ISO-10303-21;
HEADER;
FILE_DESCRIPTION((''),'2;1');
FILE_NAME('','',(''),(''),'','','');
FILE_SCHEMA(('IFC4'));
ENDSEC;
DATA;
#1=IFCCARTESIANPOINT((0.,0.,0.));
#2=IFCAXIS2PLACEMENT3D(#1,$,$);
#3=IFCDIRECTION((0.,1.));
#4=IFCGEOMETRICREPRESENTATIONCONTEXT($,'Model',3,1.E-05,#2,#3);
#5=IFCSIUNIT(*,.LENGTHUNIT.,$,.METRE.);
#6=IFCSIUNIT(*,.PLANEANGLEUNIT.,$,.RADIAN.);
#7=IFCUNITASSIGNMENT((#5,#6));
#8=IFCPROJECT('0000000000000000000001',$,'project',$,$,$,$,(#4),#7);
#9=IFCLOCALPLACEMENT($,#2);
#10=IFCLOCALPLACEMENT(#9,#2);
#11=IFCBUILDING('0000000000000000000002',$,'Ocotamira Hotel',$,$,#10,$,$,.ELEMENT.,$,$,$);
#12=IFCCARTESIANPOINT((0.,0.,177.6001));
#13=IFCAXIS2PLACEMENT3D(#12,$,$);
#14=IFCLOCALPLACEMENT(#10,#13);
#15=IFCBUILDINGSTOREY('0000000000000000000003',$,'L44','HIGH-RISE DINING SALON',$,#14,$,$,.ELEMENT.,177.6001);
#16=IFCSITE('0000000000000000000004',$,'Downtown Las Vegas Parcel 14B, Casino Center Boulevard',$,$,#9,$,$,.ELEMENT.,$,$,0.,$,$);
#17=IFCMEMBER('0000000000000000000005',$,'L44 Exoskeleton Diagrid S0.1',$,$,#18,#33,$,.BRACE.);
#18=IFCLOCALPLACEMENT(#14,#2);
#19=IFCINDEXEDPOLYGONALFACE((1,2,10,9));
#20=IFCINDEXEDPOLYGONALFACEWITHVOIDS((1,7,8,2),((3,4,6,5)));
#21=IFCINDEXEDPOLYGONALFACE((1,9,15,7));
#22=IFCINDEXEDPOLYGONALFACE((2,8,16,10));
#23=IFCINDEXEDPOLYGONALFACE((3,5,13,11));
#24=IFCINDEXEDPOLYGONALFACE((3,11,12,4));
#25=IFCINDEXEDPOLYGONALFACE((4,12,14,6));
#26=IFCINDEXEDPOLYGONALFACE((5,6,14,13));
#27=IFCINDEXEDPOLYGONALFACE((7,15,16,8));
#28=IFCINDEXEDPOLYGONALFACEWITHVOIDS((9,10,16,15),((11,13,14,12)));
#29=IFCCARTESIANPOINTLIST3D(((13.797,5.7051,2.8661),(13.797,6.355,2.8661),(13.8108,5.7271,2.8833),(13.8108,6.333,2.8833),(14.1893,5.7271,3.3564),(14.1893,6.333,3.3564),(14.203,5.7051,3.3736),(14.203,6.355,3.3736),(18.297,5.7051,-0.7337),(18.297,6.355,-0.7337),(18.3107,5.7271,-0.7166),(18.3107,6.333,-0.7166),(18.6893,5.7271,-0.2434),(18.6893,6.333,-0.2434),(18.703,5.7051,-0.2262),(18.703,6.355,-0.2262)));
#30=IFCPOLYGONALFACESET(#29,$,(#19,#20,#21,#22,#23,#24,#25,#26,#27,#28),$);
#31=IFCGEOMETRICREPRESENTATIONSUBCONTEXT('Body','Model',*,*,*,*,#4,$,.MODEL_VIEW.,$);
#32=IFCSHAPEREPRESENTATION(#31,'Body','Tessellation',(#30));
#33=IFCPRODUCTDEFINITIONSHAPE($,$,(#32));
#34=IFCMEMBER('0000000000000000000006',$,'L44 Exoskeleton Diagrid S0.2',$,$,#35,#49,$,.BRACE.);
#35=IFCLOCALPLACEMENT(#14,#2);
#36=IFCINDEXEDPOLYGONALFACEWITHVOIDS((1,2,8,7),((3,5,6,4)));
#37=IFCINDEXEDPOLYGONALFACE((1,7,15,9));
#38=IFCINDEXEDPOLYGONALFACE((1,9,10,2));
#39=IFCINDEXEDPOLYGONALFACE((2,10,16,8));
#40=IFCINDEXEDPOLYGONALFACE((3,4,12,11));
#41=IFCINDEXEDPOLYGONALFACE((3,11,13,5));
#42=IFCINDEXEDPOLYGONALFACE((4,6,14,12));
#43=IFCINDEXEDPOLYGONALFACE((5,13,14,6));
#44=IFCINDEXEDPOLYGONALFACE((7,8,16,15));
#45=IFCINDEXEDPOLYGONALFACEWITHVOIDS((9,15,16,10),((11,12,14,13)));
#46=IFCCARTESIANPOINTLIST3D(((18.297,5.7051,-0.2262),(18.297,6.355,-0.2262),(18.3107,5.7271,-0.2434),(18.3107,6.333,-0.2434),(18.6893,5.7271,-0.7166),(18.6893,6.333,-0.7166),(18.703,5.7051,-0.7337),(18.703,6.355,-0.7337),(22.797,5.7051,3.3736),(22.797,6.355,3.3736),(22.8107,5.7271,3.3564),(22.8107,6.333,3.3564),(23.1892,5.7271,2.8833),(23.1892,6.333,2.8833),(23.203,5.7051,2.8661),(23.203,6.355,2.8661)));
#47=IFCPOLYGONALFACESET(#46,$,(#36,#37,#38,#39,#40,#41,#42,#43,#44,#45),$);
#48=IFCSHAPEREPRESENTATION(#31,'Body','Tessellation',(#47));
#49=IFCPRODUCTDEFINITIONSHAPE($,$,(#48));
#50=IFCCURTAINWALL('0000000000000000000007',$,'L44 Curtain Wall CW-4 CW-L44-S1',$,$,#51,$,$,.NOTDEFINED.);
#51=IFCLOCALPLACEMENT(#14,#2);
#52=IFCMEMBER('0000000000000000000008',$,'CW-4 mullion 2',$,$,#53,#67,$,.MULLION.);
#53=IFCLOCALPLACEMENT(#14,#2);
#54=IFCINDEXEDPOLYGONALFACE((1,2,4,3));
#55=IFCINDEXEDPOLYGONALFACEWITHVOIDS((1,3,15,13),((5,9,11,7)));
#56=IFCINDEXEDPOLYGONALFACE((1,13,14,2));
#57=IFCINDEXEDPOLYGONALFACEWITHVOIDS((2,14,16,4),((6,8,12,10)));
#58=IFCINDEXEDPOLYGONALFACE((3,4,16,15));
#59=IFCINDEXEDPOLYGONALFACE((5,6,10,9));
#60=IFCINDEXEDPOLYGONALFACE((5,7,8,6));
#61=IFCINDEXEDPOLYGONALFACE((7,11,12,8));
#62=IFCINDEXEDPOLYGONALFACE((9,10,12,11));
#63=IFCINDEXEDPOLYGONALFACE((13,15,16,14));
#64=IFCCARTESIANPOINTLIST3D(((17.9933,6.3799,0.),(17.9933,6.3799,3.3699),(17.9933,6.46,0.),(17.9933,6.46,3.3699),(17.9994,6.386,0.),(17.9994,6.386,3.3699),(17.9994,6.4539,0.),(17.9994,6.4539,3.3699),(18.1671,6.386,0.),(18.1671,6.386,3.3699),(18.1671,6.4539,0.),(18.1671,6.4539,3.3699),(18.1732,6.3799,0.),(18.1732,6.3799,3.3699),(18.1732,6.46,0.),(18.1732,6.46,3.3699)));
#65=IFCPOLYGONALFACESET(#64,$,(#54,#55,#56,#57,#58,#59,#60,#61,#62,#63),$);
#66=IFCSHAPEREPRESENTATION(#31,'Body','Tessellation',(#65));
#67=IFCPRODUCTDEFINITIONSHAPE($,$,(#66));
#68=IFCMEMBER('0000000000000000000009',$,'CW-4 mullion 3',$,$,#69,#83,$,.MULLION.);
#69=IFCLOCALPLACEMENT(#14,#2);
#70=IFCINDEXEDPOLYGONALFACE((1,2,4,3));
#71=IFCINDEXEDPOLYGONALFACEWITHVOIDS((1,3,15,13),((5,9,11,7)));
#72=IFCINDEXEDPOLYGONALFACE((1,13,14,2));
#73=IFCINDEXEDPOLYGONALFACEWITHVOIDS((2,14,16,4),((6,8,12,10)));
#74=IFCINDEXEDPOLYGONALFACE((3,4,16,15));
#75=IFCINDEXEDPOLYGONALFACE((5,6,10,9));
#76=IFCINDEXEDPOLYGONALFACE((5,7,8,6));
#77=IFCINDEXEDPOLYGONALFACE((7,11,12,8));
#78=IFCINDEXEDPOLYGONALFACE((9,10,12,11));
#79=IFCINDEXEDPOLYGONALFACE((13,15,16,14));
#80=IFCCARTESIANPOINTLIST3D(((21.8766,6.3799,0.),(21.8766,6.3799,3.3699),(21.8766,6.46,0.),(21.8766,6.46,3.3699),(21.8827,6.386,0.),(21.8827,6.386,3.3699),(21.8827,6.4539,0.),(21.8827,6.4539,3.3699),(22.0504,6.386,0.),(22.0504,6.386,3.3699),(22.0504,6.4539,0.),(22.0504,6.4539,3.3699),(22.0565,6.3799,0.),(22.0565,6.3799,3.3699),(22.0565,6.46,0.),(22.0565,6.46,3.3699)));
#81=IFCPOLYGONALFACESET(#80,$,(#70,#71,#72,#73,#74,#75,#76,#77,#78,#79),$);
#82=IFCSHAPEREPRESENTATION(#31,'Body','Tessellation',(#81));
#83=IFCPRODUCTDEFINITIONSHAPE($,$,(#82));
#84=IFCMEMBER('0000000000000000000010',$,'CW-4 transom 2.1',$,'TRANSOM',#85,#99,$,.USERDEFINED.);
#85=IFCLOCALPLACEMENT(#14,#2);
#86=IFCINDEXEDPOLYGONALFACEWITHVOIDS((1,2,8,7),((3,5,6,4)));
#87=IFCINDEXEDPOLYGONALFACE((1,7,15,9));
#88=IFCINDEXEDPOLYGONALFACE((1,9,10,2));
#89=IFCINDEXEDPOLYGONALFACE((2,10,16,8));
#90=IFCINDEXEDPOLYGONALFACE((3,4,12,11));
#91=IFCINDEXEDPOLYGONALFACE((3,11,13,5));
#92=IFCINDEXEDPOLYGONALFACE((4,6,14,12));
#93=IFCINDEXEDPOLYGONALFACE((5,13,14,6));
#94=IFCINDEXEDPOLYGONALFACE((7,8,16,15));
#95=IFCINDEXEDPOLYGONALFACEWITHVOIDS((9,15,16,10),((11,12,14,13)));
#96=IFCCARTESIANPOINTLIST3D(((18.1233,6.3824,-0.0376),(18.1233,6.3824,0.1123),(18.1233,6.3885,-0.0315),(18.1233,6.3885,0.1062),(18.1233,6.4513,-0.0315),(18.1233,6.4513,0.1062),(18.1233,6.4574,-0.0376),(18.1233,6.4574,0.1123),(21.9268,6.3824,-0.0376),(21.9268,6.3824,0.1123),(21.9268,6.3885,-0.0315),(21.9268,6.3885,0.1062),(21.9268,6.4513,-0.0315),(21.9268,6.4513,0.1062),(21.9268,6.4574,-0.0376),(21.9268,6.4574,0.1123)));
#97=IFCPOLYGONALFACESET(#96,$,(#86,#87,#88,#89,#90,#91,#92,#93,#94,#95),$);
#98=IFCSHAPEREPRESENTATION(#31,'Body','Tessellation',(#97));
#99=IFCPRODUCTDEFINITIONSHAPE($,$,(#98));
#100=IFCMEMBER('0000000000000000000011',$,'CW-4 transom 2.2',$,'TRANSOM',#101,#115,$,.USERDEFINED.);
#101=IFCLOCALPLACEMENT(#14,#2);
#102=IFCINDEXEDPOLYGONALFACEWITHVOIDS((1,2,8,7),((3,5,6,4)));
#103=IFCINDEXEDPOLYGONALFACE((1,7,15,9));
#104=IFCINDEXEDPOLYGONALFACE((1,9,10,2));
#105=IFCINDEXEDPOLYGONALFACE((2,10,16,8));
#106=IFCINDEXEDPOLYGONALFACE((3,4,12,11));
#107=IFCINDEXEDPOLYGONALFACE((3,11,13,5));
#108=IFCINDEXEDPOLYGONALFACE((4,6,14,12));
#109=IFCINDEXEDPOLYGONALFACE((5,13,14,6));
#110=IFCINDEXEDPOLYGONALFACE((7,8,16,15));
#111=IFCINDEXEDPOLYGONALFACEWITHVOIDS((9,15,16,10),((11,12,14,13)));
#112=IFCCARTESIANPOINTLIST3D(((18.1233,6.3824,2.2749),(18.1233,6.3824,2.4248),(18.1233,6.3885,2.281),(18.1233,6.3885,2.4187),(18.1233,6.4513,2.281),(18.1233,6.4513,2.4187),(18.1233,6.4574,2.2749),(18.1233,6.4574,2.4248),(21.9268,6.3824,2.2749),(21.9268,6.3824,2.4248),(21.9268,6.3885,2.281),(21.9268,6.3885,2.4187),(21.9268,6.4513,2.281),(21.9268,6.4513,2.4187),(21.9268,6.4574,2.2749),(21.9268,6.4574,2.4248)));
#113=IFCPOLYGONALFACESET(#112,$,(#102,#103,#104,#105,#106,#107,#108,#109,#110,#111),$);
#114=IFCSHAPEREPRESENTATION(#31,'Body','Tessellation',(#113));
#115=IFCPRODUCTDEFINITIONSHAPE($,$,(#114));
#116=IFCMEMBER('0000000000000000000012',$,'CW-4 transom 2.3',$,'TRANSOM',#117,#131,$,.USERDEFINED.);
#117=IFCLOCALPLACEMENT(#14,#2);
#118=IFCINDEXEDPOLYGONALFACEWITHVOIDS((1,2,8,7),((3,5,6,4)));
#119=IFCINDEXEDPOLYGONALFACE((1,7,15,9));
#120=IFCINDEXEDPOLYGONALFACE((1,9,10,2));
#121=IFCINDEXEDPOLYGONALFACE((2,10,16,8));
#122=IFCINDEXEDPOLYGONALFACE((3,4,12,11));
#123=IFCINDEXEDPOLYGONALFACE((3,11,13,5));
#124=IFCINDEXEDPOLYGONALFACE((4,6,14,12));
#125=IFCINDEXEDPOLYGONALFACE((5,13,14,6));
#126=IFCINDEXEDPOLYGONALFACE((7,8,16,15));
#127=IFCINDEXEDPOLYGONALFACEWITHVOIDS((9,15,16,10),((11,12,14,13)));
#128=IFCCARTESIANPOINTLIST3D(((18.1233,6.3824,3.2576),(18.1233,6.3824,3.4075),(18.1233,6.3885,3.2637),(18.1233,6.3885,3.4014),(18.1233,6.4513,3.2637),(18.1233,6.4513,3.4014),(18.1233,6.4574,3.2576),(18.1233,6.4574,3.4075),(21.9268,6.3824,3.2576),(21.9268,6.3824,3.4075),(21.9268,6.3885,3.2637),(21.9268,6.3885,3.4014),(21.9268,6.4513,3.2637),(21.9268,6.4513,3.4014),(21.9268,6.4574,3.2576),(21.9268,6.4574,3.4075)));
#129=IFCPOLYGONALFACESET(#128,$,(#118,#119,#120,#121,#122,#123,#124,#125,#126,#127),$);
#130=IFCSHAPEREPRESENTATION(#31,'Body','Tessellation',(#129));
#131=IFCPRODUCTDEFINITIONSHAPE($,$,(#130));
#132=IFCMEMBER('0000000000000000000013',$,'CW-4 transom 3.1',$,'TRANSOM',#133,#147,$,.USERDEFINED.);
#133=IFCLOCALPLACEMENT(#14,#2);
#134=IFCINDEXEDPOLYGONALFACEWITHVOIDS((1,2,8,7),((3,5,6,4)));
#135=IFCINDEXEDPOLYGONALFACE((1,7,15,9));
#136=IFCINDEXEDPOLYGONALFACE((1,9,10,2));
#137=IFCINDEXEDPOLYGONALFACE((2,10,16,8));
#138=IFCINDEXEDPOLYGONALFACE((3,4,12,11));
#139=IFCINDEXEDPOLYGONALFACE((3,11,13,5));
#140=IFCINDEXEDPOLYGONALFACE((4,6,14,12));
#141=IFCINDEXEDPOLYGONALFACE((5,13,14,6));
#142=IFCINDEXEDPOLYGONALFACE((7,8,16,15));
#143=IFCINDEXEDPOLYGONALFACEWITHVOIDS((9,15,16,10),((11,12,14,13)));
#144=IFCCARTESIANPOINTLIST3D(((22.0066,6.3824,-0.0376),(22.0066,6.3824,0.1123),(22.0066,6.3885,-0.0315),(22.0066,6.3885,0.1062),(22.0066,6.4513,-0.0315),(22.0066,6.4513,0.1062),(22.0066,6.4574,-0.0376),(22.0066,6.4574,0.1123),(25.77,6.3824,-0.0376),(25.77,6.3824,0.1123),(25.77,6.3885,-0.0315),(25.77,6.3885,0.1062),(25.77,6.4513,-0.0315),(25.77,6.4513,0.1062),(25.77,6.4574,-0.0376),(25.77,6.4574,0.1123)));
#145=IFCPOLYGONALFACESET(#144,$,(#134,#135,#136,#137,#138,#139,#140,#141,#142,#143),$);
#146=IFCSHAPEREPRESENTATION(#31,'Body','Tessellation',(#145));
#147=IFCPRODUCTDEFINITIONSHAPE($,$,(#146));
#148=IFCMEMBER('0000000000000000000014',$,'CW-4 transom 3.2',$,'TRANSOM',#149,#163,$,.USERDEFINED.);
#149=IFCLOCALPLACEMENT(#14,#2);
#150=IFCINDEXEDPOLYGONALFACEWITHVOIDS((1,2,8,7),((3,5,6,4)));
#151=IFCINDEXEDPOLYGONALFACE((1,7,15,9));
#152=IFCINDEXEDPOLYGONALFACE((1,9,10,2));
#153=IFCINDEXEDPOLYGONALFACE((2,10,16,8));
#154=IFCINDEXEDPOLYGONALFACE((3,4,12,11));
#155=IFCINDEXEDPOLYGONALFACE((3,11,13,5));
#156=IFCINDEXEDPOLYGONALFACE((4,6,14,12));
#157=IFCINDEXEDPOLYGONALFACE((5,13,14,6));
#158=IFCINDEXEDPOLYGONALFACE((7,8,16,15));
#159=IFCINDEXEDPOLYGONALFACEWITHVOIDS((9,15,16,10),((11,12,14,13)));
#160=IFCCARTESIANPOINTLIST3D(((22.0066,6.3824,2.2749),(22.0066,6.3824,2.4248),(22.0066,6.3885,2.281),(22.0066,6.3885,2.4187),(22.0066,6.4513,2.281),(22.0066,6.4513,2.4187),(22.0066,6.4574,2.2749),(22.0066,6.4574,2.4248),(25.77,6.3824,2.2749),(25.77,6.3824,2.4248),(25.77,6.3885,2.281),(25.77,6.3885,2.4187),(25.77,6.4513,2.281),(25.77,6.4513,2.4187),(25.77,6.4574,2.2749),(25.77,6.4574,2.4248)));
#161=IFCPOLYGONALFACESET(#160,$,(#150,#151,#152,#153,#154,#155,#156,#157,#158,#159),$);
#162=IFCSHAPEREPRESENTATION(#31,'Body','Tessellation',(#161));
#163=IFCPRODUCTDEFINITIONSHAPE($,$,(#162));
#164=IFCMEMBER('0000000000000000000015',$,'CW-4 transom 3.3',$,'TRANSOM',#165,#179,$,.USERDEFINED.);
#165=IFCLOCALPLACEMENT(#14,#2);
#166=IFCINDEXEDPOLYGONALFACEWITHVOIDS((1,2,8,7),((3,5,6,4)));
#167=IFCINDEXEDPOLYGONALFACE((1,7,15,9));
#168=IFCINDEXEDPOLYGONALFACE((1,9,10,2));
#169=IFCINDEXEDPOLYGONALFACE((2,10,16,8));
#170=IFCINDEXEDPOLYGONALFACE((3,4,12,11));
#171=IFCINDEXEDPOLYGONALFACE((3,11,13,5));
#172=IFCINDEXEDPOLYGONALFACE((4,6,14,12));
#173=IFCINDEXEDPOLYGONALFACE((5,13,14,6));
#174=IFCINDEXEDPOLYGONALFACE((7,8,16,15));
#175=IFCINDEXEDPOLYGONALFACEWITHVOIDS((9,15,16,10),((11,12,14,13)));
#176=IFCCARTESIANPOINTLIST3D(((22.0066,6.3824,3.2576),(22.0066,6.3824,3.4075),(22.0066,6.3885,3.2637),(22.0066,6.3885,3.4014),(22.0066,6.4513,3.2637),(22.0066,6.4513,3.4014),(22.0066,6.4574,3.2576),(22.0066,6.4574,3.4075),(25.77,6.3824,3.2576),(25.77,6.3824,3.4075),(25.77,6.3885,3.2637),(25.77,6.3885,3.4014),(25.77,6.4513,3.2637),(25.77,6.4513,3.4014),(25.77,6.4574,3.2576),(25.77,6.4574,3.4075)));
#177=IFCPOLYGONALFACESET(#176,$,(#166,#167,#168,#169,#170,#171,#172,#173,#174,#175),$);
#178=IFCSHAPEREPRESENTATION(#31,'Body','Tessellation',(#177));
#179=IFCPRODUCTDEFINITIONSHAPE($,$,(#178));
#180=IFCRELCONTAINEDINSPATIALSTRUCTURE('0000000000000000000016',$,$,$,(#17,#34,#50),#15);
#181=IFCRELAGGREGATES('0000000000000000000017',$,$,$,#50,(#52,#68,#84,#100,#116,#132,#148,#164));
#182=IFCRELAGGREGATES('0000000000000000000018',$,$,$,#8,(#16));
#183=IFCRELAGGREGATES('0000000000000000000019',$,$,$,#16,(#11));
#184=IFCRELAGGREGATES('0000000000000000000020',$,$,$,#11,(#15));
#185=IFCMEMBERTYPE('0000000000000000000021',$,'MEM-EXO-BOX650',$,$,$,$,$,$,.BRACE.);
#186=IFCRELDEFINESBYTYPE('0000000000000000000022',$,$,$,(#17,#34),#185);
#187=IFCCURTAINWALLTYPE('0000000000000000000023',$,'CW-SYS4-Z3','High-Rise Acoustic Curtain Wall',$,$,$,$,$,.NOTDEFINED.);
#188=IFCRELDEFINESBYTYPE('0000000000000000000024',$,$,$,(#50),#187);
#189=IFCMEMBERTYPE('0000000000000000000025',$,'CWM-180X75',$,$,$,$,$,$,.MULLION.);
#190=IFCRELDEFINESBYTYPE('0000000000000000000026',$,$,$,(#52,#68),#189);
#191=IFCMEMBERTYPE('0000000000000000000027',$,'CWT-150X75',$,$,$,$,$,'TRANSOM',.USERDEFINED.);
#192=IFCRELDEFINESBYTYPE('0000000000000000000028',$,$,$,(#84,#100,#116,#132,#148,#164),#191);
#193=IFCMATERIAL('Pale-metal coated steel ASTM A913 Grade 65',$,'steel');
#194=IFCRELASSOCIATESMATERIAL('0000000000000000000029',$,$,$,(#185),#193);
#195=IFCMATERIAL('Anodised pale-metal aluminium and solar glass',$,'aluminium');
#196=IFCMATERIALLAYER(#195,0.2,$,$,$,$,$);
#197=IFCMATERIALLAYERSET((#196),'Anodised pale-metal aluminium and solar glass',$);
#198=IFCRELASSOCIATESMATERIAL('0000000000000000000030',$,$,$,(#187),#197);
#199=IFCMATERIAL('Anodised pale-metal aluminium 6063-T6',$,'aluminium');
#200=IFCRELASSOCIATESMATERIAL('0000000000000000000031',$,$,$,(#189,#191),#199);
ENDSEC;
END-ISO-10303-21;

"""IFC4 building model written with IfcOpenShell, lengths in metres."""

from ifc_helpers import new_model, si_unit, direction, frame, origin, origin_2d, place, context, subcontext, project, spatial, hollow_rectangle, extrude, source, transform, mapped, material, layer, layer_set, material_profile, profile_set, type_object, element, aggregate, save


model = new_model("IFC4")

# Units and contexts
model_context = context("Model", 3, precision=1e-05, world=origin(), true_north=direction((0.0, 1.0)))
body_context = subcontext(model_context, "Body", "Model", "MODEL_VIEW")
ifc_project = project(units=[si_unit("LENGTHUNIT", "METRE"), si_unit("PLANEANGLEUNIT", "RADIAN")], contexts=[model_context])

# Site, building, storey
site_placement = place(None, origin())
site = spatial("IfcSite", under=ifc_project, at=site_placement, Name="Downtown Las Vegas Parcel 14B, Casino Center Boulevard", CompositionType="ELEMENT", RefElevation=0.0)
building_placement = place(site_placement, origin())
building = spatial("IfcBuilding", under=site, at=building_placement, Name="Ocotamira Hotel", CompositionType="ELEMENT")
storey_placement = place(building_placement, frame((0.0, 0.0, 177.6001)))
storey = spatial("IfcBuildingStorey", under=building, at=storey_placement, Name="L44", Description="HIGH-RISE DINING SALON", CompositionType="ELEMENT", Elevation=177.6001)

# Members
ifc_material_1 = material(Name="Pale-metal coated steel ASTM A913 Grade 65", Category="steel")
ifc_material_profile_1 = material_profile(ifc_material_1, hollow_rectangle(XDim=0.6499, YDim=0.6499, WallThickness=0.022, at=origin_2d()), Name="BOX650X650X22")
ifc_profile_set_1 = profile_set([ifc_material_profile_1], Name="Pale-metal coated steel ASTM A913 Grade 65")
member_type_1 = type_object("IfcMemberType", Name="MEM-EXO-BOX650", PredefinedType="BRACE", material=ifc_profile_set_1)
shared_shape_1 = source(origin(), body_context, "Body", "SweptSolid", [
    extrude(hollow_rectangle(XDim=0.6499, YDim=0.6499, WallThickness=0.022, at=origin_2d()), origin(), (0.0, 0.0, 1.0), 5.7627),
])
for number, where, z_axis, x_axis, name in (
    (1, (18.5, 6.03, -0.48), (-0.780881, 0.0, 0.62468), (0.0, -1.0, 0.0), "L44 Exoskeleton Diagrid S0.1"),
    (2, (18.5, 6.03, -0.48), (0.780881, 0.0, 0.62468), (0.0, 1.0, 0.0), "L44 Exoskeleton Diagrid S0.2"),
):
    element("IfcMember", number, at=place(storey_placement, frame(where, z_axis=z_axis, x_axis=x_axis)), inside=storey, type_object=member_type_1, Name=name, PredefinedType="BRACE", context=body_context, shape_type="MappedRepresentation", body=[
        mapped(shared_shape_1, transform((0.0, 0.0, 0.0), scale=1.0)),
    ])

# Curtain wall, members
ifc_material_2 = material(Name="Anodised pale-metal aluminium and solar glass", Category="aluminium")
ifc_layer_1 = layer(ifc_material_2, 0.2)
ifc_layer_set_1 = layer_set([ifc_layer_1], Name="Anodised pale-metal aluminium and solar glass")
curtain_wall_type = type_object("IfcCurtainWallType", Name="CW-SYS4-Z3", Description="High-Rise Acoustic Curtain Wall", PredefinedType="NOTDEFINED", material=ifc_layer_set_1)
curtain_wall_placement = place(storey_placement, origin())
curtain_wall = element("IfcCurtainWall", 3, at=curtain_wall_placement, inside=storey, type_object=curtain_wall_type, Name="L44 Curtain Wall CW-4 CW-L44-S1", PredefinedType="NOTDEFINED")
ifc_material_3 = material(Name="Anodised pale-metal aluminium 6063-T6", Category="aluminium")
ifc_material_profile_2 = material_profile(ifc_material_3, hollow_rectangle(XDim=0.0801, YDim=0.1799, WallThickness=0.0061, at=origin_2d()), Name="HSS180X80X6")
ifc_profile_set_2 = profile_set([ifc_material_profile_2], Name="Anodised pale-metal aluminium 6063-T6")
member_type_2 = type_object("IfcMemberType", Name="CWM-180X75", PredefinedType="MULLION", material=ifc_profile_set_2)
shared_shape_2 = source(origin(), body_context, "Body", "SweptSolid", [
    extrude(hollow_rectangle(XDim=0.0801, YDim=0.1799, WallThickness=0.0061, at=origin_2d()), origin(), (0.0, 0.0, 1.0), 3.3699),
])
member_1_placement = place(storey_placement, frame((18.0833, 6.4199, 0.0), z_axis=(0.0, 0.0, 1.0), x_axis=(0.0, 1.0, 0.0)))
member_1 = element("IfcMember", 4, at=member_1_placement, type_object=member_type_2, Name="CW-4 mullion 2", PredefinedType="MULLION", context=body_context, shape_type="MappedRepresentation", body=[
    mapped(shared_shape_2, transform((0.0, 0.0, 0.0), scale=1.0)),
])
member_2_placement = place(storey_placement, frame((21.9666, 6.4199, 0.0), z_axis=(0.0, 0.0, 1.0), x_axis=(0.0, 1.0, 0.0)))
member_2 = element("IfcMember", 5, at=member_2_placement, type_object=member_type_2, Name="CW-4 mullion 3", PredefinedType="MULLION", context=body_context, shape_type="MappedRepresentation", body=[
    mapped(shared_shape_2, transform((0.0, 0.0, 0.0), scale=1.0)),
])
ifc_material_profile_3 = material_profile(ifc_material_3, hollow_rectangle(XDim=0.075, YDim=0.1499, WallThickness=0.0061, at=origin_2d()), Name="HSS150X75X6")
ifc_profile_set_3 = profile_set([ifc_material_profile_3], Name="Anodised pale-metal aluminium 6063-T6")
member_type_3 = type_object("IfcMemberType", Name="CWT-150X75", ElementType="TRANSOM", PredefinedType="USERDEFINED", material=ifc_profile_set_3)
shared_shape_3 = source(origin(), body_context, "Body", "SweptSolid", [
    extrude(hollow_rectangle(XDim=0.075, YDim=0.1499, WallThickness=0.0061, at=origin_2d()), origin(), (0.0, 0.0, 1.0), 3.8035),
])
member_3_placement = place(storey_placement, frame((18.1233, 6.4199, 0.0374), z_axis=(1.0, 0.0, 0.0), x_axis=(0.0, 1.0, 0.0)))
member_3 = element("IfcMember", 6, at=member_3_placement, type_object=member_type_3, Name="CW-4 transom 2.1", ObjectType="TRANSOM", PredefinedType="USERDEFINED", context=body_context, shape_type="MappedRepresentation", body=[
    mapped(shared_shape_3, transform((0.0, 0.0, 0.0), scale=1.0)),
])
member_4_placement = place(storey_placement, frame((18.1233, 6.4199, 2.3499), z_axis=(1.0, 0.0, 0.0), x_axis=(0.0, 1.0, 0.0)))
member_4 = element("IfcMember", 7, at=member_4_placement, type_object=member_type_3, Name="CW-4 transom 2.2", ObjectType="TRANSOM", PredefinedType="USERDEFINED", context=body_context, shape_type="MappedRepresentation", body=[
    mapped(shared_shape_3, transform((0.0, 0.0, 0.0), scale=1.0)),
])
member_5_placement = place(storey_placement, frame((18.1233, 6.4199, 3.3325), z_axis=(1.0, 0.0, 0.0), x_axis=(0.0, 1.0, 0.0)))
member_5 = element("IfcMember", 8, at=member_5_placement, type_object=member_type_3, Name="CW-4 transom 2.3", ObjectType="TRANSOM", PredefinedType="USERDEFINED", context=body_context, shape_type="MappedRepresentation", body=[
    mapped(shared_shape_3, transform((0.0, 0.0, 0.0), scale=1.0)),
])
shared_shape_4 = source(origin(), body_context, "Body", "SweptSolid", [
    extrude(hollow_rectangle(XDim=0.075, YDim=0.1499, WallThickness=0.0061, at=origin_2d()), origin(), (0.0, 0.0, 1.0), 3.7634),
])
member_6_placement = place(storey_placement, frame((22.0066, 6.4199, 0.0374), z_axis=(1.0, 0.0, 0.0), x_axis=(0.0, 1.0, 0.0)))
member_6 = element("IfcMember", 9, at=member_6_placement, type_object=member_type_3, Name="CW-4 transom 3.1", ObjectType="TRANSOM", PredefinedType="USERDEFINED", context=body_context, shape_type="MappedRepresentation", body=[
    mapped(shared_shape_4, transform((0.0, 0.0, 0.0), scale=1.0)),
])
member_7_placement = place(storey_placement, frame((22.0066, 6.4199, 2.3499), z_axis=(1.0, 0.0, 0.0), x_axis=(0.0, 1.0, 0.0)))
member_7 = element("IfcMember", 10, at=member_7_placement, type_object=member_type_3, Name="CW-4 transom 3.2", ObjectType="TRANSOM", PredefinedType="USERDEFINED", context=body_context, shape_type="MappedRepresentation", body=[
    mapped(shared_shape_4, transform((0.0, 0.0, 0.0), scale=1.0)),
])
member_8_placement = place(storey_placement, frame((22.0066, 6.4199, 3.3325), z_axis=(1.0, 0.0, 0.0), x_axis=(0.0, 1.0, 0.0)))
member_8 = element("IfcMember", 11, at=member_8_placement, type_object=member_type_3, Name="CW-4 transom 3.3", ObjectType="TRANSOM", PredefinedType="USERDEFINED", context=body_context, shape_type="MappedRepresentation", body=[
    mapped(shared_shape_4, transform((0.0, 0.0, 0.0), scale=1.0)),
])

aggregate(curtain_wall, [member_1, member_2, member_3, member_4, member_5, member_6, member_7, member_8])

save(model, "model.ifc")
